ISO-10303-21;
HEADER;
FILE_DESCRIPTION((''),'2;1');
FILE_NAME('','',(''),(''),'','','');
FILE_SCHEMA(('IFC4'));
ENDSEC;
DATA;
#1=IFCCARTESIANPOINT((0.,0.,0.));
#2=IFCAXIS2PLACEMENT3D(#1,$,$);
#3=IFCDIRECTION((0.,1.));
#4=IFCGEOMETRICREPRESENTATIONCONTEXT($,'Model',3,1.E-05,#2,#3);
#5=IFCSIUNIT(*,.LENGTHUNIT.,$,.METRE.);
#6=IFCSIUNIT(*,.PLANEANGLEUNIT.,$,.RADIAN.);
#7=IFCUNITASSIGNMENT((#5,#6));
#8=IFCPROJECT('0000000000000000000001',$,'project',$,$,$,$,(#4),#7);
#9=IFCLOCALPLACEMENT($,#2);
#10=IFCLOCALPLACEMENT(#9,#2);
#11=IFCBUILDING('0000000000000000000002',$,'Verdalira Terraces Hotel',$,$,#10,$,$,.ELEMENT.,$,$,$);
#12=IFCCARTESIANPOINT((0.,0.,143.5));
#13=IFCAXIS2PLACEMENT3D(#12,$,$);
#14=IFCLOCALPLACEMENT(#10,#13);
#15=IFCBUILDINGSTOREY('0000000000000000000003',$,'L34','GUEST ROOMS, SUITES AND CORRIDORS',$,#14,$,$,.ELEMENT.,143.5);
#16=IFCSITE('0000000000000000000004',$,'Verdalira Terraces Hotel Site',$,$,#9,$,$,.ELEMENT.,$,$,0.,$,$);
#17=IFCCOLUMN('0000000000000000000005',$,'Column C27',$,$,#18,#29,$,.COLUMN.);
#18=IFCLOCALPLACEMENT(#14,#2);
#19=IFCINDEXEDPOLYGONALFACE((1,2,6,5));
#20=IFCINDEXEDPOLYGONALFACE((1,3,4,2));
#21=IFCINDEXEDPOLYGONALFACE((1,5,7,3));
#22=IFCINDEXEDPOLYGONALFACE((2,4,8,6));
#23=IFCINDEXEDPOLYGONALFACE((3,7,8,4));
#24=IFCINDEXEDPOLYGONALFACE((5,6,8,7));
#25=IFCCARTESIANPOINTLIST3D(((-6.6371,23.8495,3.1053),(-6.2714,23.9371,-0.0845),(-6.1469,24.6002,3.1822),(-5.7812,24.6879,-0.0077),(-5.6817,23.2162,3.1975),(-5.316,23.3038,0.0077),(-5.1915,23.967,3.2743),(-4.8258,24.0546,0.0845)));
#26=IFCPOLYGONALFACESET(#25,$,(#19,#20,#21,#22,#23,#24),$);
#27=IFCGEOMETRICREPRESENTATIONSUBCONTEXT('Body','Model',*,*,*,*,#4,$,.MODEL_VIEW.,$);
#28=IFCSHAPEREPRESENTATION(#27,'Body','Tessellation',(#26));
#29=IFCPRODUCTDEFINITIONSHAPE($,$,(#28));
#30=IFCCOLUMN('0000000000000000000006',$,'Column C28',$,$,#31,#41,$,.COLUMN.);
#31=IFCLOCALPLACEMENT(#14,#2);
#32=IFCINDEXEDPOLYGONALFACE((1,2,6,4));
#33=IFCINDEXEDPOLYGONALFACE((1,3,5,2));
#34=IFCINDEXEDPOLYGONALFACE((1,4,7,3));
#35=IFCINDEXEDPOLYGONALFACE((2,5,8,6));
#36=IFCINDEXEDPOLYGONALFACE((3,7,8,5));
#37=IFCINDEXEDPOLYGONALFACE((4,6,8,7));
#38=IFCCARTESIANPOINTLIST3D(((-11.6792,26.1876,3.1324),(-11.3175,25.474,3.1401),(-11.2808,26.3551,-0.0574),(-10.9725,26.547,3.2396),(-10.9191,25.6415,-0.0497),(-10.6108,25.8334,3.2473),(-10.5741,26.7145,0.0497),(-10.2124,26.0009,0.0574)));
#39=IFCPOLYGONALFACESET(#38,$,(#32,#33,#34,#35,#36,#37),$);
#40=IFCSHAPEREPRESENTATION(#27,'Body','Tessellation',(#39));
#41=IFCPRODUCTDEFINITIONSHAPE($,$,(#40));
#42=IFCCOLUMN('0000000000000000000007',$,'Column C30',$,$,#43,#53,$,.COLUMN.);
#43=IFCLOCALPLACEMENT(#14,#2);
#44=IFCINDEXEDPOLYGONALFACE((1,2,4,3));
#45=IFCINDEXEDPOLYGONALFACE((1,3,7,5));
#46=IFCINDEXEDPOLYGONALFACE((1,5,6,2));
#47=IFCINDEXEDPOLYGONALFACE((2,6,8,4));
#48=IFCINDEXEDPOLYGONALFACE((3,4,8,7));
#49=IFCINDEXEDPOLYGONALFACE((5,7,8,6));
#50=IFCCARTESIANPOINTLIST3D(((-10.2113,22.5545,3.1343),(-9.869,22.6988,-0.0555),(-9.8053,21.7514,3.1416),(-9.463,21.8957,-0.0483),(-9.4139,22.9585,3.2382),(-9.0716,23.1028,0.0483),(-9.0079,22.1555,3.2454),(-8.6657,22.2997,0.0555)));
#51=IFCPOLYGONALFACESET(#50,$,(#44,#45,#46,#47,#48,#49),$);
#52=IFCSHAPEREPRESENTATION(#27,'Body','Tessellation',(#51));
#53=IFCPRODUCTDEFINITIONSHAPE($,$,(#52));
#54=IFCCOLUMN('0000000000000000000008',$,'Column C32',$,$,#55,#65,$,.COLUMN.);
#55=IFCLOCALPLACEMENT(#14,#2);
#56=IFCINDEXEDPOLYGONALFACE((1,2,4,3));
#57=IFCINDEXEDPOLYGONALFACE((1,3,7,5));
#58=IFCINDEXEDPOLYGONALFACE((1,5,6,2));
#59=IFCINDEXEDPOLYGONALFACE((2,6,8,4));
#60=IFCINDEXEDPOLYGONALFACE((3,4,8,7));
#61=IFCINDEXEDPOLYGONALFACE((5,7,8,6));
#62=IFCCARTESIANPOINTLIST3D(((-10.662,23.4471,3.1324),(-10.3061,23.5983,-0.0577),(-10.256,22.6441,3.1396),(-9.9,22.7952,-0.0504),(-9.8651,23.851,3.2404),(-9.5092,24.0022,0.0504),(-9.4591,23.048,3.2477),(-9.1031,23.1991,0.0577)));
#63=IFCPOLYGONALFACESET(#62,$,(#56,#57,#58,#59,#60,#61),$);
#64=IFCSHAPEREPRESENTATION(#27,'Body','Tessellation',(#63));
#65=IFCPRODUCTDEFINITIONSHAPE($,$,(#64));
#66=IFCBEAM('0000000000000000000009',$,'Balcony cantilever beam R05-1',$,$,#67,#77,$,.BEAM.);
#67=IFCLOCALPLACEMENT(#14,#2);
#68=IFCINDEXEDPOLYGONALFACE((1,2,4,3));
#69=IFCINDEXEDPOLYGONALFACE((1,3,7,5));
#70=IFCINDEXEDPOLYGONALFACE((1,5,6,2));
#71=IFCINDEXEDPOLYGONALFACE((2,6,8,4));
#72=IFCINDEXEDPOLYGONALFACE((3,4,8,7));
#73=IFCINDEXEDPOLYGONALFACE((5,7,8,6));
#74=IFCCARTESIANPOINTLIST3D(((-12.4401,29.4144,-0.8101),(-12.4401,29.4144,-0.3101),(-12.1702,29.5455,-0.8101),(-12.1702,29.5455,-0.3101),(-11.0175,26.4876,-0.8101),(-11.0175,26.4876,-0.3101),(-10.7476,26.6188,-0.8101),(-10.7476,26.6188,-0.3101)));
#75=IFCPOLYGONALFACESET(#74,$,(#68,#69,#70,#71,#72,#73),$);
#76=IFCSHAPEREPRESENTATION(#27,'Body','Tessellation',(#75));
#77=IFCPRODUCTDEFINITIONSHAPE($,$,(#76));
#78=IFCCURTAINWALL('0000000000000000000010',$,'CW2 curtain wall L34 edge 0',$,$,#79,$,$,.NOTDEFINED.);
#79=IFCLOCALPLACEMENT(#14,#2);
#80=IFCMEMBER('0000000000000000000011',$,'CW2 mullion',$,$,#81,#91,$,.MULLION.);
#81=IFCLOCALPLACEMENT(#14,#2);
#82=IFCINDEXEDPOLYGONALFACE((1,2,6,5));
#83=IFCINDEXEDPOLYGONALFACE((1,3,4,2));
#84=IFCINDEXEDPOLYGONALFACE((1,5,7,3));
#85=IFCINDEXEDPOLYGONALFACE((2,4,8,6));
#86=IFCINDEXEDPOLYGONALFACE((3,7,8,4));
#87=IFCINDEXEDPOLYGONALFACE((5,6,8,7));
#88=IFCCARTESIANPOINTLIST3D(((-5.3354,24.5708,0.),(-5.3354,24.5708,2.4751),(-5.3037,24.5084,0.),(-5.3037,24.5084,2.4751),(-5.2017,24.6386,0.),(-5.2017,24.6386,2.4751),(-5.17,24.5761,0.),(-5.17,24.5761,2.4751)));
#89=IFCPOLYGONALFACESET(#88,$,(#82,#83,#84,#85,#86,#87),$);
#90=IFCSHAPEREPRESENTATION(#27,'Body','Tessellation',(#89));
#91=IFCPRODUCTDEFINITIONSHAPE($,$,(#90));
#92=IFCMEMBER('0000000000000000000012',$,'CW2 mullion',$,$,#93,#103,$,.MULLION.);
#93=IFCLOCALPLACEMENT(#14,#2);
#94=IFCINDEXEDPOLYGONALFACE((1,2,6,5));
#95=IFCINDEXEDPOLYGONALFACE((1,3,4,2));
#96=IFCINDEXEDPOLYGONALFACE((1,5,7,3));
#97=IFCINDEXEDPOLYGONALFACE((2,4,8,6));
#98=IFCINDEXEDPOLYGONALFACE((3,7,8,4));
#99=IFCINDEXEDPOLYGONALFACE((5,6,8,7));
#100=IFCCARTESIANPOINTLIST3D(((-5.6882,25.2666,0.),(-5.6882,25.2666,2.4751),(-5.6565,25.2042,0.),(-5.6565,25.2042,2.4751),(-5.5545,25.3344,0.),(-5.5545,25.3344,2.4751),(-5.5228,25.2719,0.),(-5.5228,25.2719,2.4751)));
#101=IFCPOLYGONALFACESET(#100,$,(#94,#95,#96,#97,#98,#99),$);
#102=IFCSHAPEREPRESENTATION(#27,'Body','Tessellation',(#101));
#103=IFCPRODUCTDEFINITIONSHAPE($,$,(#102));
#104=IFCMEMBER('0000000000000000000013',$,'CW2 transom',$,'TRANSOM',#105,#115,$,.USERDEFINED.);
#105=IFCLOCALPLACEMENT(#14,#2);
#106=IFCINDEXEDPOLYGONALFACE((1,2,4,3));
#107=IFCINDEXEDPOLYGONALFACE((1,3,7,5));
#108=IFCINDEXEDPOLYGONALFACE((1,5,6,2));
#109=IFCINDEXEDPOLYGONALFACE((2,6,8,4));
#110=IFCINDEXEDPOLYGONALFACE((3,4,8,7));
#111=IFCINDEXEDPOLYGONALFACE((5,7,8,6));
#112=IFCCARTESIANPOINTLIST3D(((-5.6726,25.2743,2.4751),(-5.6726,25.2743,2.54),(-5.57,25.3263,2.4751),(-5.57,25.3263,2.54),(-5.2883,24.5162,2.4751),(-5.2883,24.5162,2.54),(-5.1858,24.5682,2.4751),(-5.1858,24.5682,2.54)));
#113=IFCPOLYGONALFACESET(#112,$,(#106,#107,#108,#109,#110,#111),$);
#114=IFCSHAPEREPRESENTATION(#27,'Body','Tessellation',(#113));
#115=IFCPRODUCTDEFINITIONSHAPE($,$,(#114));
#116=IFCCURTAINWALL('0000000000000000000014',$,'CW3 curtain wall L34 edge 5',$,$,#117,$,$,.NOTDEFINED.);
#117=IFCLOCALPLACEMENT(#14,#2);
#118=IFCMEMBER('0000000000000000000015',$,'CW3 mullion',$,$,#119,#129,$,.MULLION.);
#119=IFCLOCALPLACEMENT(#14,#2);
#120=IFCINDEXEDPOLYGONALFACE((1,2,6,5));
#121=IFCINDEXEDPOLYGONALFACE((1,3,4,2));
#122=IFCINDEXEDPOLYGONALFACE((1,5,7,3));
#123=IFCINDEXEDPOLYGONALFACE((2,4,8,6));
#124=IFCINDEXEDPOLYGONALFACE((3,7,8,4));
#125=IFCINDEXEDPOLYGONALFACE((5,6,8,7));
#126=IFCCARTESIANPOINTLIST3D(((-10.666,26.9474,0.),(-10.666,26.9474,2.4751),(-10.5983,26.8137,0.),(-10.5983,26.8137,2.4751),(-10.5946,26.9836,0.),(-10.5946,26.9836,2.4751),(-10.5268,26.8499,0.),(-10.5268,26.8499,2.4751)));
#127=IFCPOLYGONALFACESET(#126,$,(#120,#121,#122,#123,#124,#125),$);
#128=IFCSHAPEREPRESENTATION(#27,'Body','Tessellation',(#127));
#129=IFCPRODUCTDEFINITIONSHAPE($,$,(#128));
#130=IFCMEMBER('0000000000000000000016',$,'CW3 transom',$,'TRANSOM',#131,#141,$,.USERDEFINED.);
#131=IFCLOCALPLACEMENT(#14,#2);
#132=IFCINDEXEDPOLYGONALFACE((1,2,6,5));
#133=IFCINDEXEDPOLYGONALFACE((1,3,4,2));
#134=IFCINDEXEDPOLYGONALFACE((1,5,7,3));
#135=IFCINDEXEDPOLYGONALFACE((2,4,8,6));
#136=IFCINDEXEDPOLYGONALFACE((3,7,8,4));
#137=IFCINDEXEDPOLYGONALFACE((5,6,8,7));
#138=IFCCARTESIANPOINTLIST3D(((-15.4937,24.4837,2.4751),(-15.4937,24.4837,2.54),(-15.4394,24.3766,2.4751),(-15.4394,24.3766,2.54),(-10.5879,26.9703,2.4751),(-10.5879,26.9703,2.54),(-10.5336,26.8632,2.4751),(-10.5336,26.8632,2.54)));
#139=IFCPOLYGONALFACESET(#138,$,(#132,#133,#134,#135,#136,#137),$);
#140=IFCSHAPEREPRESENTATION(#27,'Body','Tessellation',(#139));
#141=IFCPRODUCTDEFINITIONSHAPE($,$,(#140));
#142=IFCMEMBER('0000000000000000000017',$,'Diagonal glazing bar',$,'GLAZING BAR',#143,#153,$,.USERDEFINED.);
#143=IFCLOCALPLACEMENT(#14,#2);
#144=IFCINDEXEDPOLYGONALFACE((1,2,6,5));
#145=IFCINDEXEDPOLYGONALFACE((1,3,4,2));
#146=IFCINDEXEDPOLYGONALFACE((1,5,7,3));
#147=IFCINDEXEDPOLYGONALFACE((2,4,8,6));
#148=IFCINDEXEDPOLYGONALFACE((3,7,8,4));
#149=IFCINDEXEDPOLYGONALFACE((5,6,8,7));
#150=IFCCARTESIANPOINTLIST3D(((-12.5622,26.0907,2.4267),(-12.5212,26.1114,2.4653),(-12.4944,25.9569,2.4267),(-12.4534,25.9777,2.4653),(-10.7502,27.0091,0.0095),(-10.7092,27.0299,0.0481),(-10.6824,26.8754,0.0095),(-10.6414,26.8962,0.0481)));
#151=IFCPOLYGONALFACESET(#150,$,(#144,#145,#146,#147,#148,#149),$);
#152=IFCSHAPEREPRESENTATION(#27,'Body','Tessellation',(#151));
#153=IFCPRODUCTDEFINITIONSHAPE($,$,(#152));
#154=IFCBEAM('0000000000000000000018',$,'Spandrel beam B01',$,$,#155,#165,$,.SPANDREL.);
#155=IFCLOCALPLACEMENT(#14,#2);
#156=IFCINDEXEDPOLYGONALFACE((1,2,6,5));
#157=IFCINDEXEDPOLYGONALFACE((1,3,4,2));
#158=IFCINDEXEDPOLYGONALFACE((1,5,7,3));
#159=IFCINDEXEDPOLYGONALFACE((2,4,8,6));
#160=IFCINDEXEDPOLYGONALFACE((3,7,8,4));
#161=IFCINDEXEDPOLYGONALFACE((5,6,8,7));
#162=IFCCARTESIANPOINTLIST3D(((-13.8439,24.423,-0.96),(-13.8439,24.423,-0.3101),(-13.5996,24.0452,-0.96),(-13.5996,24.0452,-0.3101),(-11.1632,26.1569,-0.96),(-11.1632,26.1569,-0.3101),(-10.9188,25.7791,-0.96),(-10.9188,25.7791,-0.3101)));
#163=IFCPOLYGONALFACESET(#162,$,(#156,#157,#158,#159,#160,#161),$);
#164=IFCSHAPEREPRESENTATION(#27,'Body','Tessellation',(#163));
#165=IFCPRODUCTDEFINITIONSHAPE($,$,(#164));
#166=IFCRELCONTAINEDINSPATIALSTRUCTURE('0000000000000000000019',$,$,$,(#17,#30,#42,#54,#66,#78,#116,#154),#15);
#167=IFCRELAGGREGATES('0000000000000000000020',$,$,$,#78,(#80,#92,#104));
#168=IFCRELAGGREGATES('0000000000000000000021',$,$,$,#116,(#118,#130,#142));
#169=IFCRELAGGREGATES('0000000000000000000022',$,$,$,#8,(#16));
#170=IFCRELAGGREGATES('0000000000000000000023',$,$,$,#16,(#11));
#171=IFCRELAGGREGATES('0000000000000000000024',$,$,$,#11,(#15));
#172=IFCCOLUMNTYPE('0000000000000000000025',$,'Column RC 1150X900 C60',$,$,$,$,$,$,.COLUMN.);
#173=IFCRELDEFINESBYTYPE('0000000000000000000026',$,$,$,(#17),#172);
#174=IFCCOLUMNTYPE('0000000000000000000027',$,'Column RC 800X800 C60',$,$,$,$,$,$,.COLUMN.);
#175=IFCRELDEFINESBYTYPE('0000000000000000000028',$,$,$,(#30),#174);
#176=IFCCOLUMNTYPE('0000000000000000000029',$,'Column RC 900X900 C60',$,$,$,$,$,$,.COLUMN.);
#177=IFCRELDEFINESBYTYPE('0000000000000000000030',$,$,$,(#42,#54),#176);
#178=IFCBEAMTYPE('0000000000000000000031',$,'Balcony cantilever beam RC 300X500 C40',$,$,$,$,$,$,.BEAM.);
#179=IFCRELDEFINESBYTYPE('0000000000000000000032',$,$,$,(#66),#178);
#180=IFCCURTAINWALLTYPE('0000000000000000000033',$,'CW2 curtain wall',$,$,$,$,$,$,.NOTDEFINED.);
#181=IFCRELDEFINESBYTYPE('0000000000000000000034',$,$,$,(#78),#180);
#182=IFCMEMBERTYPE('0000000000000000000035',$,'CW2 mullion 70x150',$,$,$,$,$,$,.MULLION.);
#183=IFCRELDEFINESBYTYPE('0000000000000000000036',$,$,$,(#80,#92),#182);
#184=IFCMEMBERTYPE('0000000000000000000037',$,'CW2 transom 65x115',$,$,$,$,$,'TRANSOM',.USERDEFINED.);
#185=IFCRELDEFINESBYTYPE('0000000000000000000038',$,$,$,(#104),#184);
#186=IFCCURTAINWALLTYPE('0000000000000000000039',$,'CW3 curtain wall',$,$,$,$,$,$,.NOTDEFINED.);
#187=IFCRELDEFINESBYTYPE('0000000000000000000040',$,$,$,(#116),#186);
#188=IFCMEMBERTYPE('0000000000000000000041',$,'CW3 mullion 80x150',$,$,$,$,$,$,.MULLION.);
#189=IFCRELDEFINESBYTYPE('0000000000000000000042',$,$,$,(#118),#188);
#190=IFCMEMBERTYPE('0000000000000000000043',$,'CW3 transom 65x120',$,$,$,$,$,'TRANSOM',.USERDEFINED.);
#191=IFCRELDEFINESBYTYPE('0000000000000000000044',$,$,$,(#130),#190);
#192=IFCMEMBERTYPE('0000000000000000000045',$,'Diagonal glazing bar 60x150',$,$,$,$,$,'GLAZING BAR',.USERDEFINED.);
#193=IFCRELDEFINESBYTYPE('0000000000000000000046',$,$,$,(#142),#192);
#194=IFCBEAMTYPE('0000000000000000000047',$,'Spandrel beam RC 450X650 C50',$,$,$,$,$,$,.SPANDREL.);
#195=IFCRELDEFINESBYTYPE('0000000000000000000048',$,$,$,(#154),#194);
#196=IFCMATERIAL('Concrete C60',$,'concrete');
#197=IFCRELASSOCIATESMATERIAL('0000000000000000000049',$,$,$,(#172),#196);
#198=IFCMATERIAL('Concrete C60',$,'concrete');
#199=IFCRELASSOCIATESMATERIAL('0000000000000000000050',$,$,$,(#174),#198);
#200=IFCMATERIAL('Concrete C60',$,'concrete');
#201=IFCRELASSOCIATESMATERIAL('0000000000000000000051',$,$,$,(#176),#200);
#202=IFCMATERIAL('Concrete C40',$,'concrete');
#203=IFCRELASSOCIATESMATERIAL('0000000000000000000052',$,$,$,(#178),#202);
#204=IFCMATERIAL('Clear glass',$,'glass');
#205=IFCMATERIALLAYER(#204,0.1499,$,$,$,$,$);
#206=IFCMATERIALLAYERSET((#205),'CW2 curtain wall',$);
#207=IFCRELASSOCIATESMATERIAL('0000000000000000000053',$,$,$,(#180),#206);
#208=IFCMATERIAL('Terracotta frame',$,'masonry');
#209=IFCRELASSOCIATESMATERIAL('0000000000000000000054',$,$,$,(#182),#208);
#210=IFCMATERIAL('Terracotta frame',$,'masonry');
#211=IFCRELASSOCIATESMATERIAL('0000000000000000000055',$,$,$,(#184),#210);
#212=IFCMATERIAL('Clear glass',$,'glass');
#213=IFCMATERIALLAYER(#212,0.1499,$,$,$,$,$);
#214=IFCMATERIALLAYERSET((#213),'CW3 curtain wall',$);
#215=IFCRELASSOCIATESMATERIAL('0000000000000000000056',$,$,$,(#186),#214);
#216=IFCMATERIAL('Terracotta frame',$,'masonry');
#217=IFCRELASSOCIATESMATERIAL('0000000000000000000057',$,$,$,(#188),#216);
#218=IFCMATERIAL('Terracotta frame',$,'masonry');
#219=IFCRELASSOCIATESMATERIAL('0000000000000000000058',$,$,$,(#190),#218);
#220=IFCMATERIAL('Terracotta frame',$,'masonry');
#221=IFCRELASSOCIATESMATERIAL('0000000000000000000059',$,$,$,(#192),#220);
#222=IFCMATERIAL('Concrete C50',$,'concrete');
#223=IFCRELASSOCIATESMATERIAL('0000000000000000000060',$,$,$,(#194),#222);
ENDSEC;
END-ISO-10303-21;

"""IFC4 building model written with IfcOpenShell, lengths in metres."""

from ifc_helpers import new_model, si_unit, direction, frame, origin, origin_2d, place, context, subcontext, project, spatial, rectangle, extrude, material, layer, layer_set, material_profile, profile_set, type_object, element, aggregate, save


model = new_model("IFC4")

# Units and contexts
model_context = context("Model", 3, precision=1e-05, world=origin(), true_north=direction((0.0, 1.0)))
body_context = subcontext(model_context, "Body", "Model", "MODEL_VIEW")
ifc_project = project(units=[si_unit("LENGTHUNIT", "METRE"), si_unit("PLANEANGLEUNIT", "RADIAN")], contexts=[model_context])

# Site, building, storey
site_placement = place(None, origin())
site = spatial("IfcSite", under=ifc_project, at=site_placement, Name="Verdalira Terraces Hotel Site", CompositionType="ELEMENT", RefElevation=0.0)
building_placement = place(site_placement, origin())
building = spatial("IfcBuilding", under=site, at=building_placement, Name="Verdalira Terraces Hotel", CompositionType="ELEMENT")
storey_placement = place(building_placement, frame((0.0, 0.0, 143.5)))
storey = spatial("IfcBuildingStorey", under=building, at=storey_placement, Name="L34", Description="GUEST ROOMS, SUITES AND CORRIDORS", CompositionType="ELEMENT", Elevation=143.5)

# Columns
ifc_material_1 = material(Name="Concrete C60", Category="concrete")
ifc_material_profile_1 = material_profile(ifc_material_1, rectangle(XDim=1.1499, YDim=0.8999, at=origin_2d()), Name="RC 1150X900")
ifc_profile_set_1 = profile_set([ifc_material_profile_1], Name="Concrete C60")
column_type_1 = type_object("IfcColumnType", Name="Column RC 1150X900 C60", PredefinedType="COLUMN", material=ifc_profile_set_1)
column_1_placement = place(storey_placement, frame((-5.5486, 23.9959, 0.0), z_axis=(-0.11386, -0.027287, 0.993122), x_axis=(0.830845, -0.550706, 0.080124)))
element("IfcColumn", 1, at=column_1_placement, inside=storey, type_object=column_type_1, Name="Column C27", PredefinedType="COLUMN", context=body_context, shape_type="SweptSolid", body=[
    extrude(rectangle(XDim=1.1499, YDim=0.8999, at=origin_2d()), origin(), (0.0, 0.0, 1.0), 3.2119),
])
ifc_material_2 = material(Name="Concrete C60", Category="concrete")
ifc_material_profile_2 = material_profile(ifc_material_2, rectangle(XDim=0.8, YDim=0.8, at=origin_2d()), Name="RC 800X800")
ifc_profile_set_2 = profile_set([ifc_material_profile_2], Name="Concrete C60")
column_type_2 = type_object("IfcColumnType", Name="Column RC 800X800 C60", PredefinedType="COLUMN", material=ifc_profile_set_2)
column_2_placement = place(storey_placement, frame((-10.7466, 26.178, 0.0), z_axis=(-0.123773, -0.052027, 0.990946), x_axis=(-0.88334, -0.449195, -0.133917)))
element("IfcColumn", 2, at=column_2_placement, inside=storey, type_object=column_type_2, Name="Column C28", PredefinedType="COLUMN", context=body_context, shape_type="SweptSolid", body=[
    extrude(rectangle(XDim=0.8, YDim=0.8, at=origin_2d()), origin(), (0.0, 0.0, 1.0), 3.219),
])
ifc_material_3 = material(Name="Concrete C60", Category="concrete")
ifc_material_profile_3 = material_profile(ifc_material_3, rectangle(XDim=0.8999, YDim=0.8999, at=origin_2d()), Name="RC 900X900")
ifc_profile_set_3 = profile_set([ifc_material_profile_3], Name="Concrete C60")
column_type_3 = type_object("IfcColumnType", Name="Column RC 900X900 C60", PredefinedType="COLUMN", material=ifc_profile_set_3)
column_3_placement = place(storey_placement, frame((-9.2673, 22.4993, 0.0), z_axis=(-0.106581, -0.044928, 0.993288), x_axis=(-0.451134, 0.89242, -0.008042)))
element("IfcColumn", 3, at=column_3_placement, inside=storey, type_object=column_type_3, Name="Column C30", PredefinedType="COLUMN", context=body_context, shape_type="SweptSolid", body=[
    extrude(rectangle(XDim=0.8999, YDim=0.8999, at=origin_2d()), origin(), (0.0, 0.0, 1.0), 3.2114),
])
column_4_placement = place(storey_placement, frame((-9.7046, 23.3987, 0.0), z_axis=(-0.110776, -0.047031, 0.992732), x_axis=(-0.451207, 0.892383, -0.008072)))
element("IfcColumn", 4, at=column_4_placement, inside=storey, type_object=column_type_3, Name="Column C32", PredefinedType="COLUMN", context=body_context, shape_type="SweptSolid", body=[
    extrude(rectangle(XDim=0.8999, YDim=0.8999, at=origin_2d()), origin(), (0.0, 0.0, 1.0), 3.2134),
])

# Beam
ifc_material_4 = material(Name="Concrete C40", Category="concrete")
ifc_material_profile_4 = material_profile(ifc_material_4, rectangle(XDim=0.3, YDim=0.5, at=origin_2d()), Name="RC 300X500")
ifc_profile_set_4 = profile_set([ifc_material_profile_4], Name="Concrete C40")
beam_type_1 = type_object("IfcBeamType", Name="Balcony cantilever beam RC 300X500 C40", PredefinedType="BEAM", material=ifc_profile_set_4)
beam_1_placement = place(storey_placement, frame((-10.8826, 26.5532, -0.5601), z_axis=(-0.437162, 0.899383, 0.0), x_axis=(-0.899383, -0.437162, 0.0)))
element("IfcBeam", 5, at=beam_1_placement, inside=storey, type_object=beam_type_1, Name="Balcony cantilever beam R05-1", PredefinedType="BEAM", context=body_context, shape_type="SweptSolid", body=[
    extrude(rectangle(XDim=0.3, YDim=0.5, at=origin_2d()), origin(), (0.0, 0.0, 1.0), 3.2542),
])

# Curtain walls, members
ifc_material_5 = material(Name="Clear glass", Category="glass")
ifc_layer_1 = layer(ifc_material_5, 0.1499)
ifc_layer_set_1 = layer_set([ifc_layer_1], Name="CW2 curtain wall")
curtain_wall_type_1 = type_object("IfcCurtainWallType", Name="CW2 curtain wall", PredefinedType="NOTDEFINED", material=ifc_layer_set_1)
curtain_wall_1_placement = place(storey_placement, origin())
curtain_wall_1 = element("IfcCurtainWall", 6, at=curtain_wall_1_placement, inside=storey, type_object=curtain_wall_type_1, Name="CW2 curtain wall L34 edge 0", PredefinedType="NOTDEFINED")
ifc_material_6 = material(Name="Terracotta frame", Category="masonry")
ifc_material_profile_5 = material_profile(ifc_material_6, rectangle(XDim=0.0701, YDim=0.1499, at=origin_2d()), Name="MU 70x150")
ifc_profile_set_5 = profile_set([ifc_material_profile_5], Name="Terracotta frame")
member_type_1 = type_object("IfcMemberType", Name="CW2 mullion 70x150", PredefinedType="MULLION", material=ifc_profile_set_5)
member_1_placement = place(storey_placement, frame((-5.2527, 24.5735, 0.0), z_axis=(0.0, 0.0, 1.0), x_axis=(-0.452123, 0.891955, 0.0)))
member_1 = element("IfcMember", 7, at=member_1_placement, type_object=member_type_1, Name="CW2 mullion", PredefinedType="MULLION", context=body_context, shape_type="SweptSolid", body=[
    extrude(rectangle(XDim=0.0701, YDim=0.1499, at=origin_2d()), origin(), (0.0, 0.0, 1.0), 2.4751),
])
member_2_placement = place(storey_placement, frame((-5.6055, 25.2693, 0.0), z_axis=(0.0, 0.0, 1.0), x_axis=(-0.452123, 0.891955, 0.0)))
member_2 = element("IfcMember", 8, at=member_2_placement, type_object=member_type_1, Name="CW2 mullion", PredefinedType="MULLION", context=body_context, shape_type="SweptSolid", body=[
    extrude(rectangle(XDim=0.0701, YDim=0.1499, at=origin_2d()), origin(), (0.0, 0.0, 1.0), 2.4751),
])
ifc_material_7 = material(Name="Terracotta frame", Category="masonry")
ifc_material_profile_6 = material_profile(ifc_material_7, rectangle(XDim=0.115, YDim=0.0649, at=origin_2d()), Name="TR 65x115")
ifc_profile_set_6 = profile_set([ifc_material_profile_6], Name="Terracotta frame")
member_type_2 = type_object("IfcMemberType", Name="CW2 transom 65x115", ElementType="TRANSOM", PredefinedType="USERDEFINED", material=ifc_profile_set_6)
member_3_placement = place(storey_placement, frame((-5.2371, 24.5422, 2.5076), z_axis=(-0.452148, 0.891943, 0.0), x_axis=(-0.891943, -0.452148, 0.0)))
member_3 = element("IfcMember", 9, at=member_3_placement, type_object=member_type_2, Name="CW2 transom", ObjectType="TRANSOM", PredefinedType="USERDEFINED", context=body_context, shape_type="SweptSolid", body=[
    extrude(rectangle(XDim=0.115, YDim=0.0649, at=origin_2d()), origin(), (0.0, 0.0, 1.0), 0.8499),
])
ifc_material_8 = material(Name="Clear glass", Category="glass")
ifc_layer_2 = layer(ifc_material_8, 0.1499)
ifc_layer_set_2 = layer_set([ifc_layer_2], Name="CW3 curtain wall")
curtain_wall_type_2 = type_object("IfcCurtainWallType", Name="CW3 curtain wall", PredefinedType="NOTDEFINED", material=ifc_layer_set_2)
curtain_wall_2_placement = place(storey_placement, origin())
curtain_wall_2 = element("IfcCurtainWall", 10, at=curtain_wall_2_placement, inside=storey, type_object=curtain_wall_type_2, Name="CW3 curtain wall L34 edge 5", PredefinedType="NOTDEFINED")
ifc_material_9 = material(Name="Terracotta frame", Category="masonry")
ifc_material_profile_7 = material_profile(ifc_material_9, rectangle(XDim=0.0801, YDim=0.1499, at=origin_2d()), Name="MU 80x150")
ifc_profile_set_7 = profile_set([ifc_material_profile_7], Name="Terracotta frame")
member_type_3 = type_object("IfcMemberType", Name="CW3 mullion 80x150", PredefinedType="MULLION", material=ifc_profile_set_7)
member_4_placement = place(storey_placement, frame((-10.5964, 26.8987, 0.0), z_axis=(0.0, 0.0, 1.0), x_axis=(-0.891955, -0.452123, 0.0)))
member_4 = element("IfcMember", 11, at=member_4_placement, type_object=member_type_3, Name="CW3 mullion", PredefinedType="MULLION", context=body_context, shape_type="SweptSolid", body=[
    extrude(rectangle(XDim=0.0801, YDim=0.1499, at=origin_2d()), origin(), (0.0, 0.0, 1.0), 2.4751),
])
ifc_material_10 = material(Name="Terracotta frame", Category="masonry")
ifc_material_profile_8 = material_profile(ifc_material_10, rectangle(XDim=0.1201, YDim=0.0649, at=origin_2d()), Name="TR 65x120")
ifc_profile_set_8 = profile_set([ifc_material_profile_8], Name="Terracotta frame")
member_type_4 = type_object("IfcMemberType", Name="CW3 transom 65x120", ElementType="TRANSOM", PredefinedType="USERDEFINED", material=ifc_profile_set_8)
member_5_placement = place(storey_placement, frame((-10.5608, 26.9167, 2.5076), z_axis=(-0.891963, -0.452107, 0.0), x_axis=(0.452107, -0.891963, 0.0)))
member_5 = element("IfcMember", 12, at=member_5_placement, type_object=member_type_4, Name="CW3 transom", ObjectType="TRANSOM", PredefinedType="USERDEFINED", context=body_context, shape_type="SweptSolid", body=[
    extrude(rectangle(XDim=0.1201, YDim=0.0649, at=origin_2d()), origin(), (0.0, 0.0, 1.0), 5.5),
])
ifc_material_11 = material(Name="Terracotta frame", Category="masonry")
ifc_material_profile_9 = material_profile(ifc_material_11, rectangle(XDim=0.1499, YDim=0.0601, at=origin_2d()), Name="GB 60x150")
ifc_profile_set_9 = profile_set([ifc_material_profile_9], Name="Terracotta frame")
member_type_5 = type_object("IfcMemberType", Name="Diagonal glazing bar 60x150", ElementType="GLAZING BAR", PredefinedType="USERDEFINED", material=ifc_profile_set_9)
member_6_placement = place(storey_placement, frame((-10.6958, 26.9526, 0.0288), z_axis=(-0.57387, -0.290879, 0.765547), x_axis=(0.45211, -0.891962, 0.0)))
member_6 = element("IfcMember", 13, at=member_6_placement, type_object=member_type_5, Name="Diagonal glazing bar", ObjectType="GLAZING BAR", PredefinedType="USERDEFINED", context=body_context, shape_type="SweptSolid", body=[
    extrude(rectangle(XDim=0.1499, YDim=0.0601, at=origin_2d()), origin(), (0.0, 0.0, 1.0), 3.1575),
])

# Beam
ifc_material_12 = material(Name="Concrete C50", Category="concrete")
ifc_material_profile_10 = material_profile(ifc_material_12, rectangle(XDim=0.45, YDim=0.6499, at=origin_2d()), Name="RC 450X650")
ifc_profile_set_10 = profile_set([ifc_material_profile_10], Name="Concrete C50")
beam_type_2 = type_object("IfcBeamType", Name="Spandrel beam RC 450X650 C50", PredefinedType="SPANDREL", material=ifc_profile_set_10)
beam_2_placement = place(storey_placement, frame((-11.041, 25.968, -0.635), z_axis=(-0.839665, -0.543105, 0.0), x_axis=(0.543105, -0.839665, 0.0)))
element("IfcBeam", 14, at=beam_2_placement, inside=storey, type_object=beam_type_2, Name="Spandrel beam B01", PredefinedType="SPANDREL", context=body_context, shape_type="SweptSolid", body=[
    extrude(rectangle(XDim=0.45, YDim=0.6499, at=origin_2d()), origin(), (0.0, 0.0, 1.0), 3.1926),
])

aggregate(curtain_wall_1, [member_1, member_2, member_3])
aggregate(curtain_wall_2, [member_4, member_5, member_6])

save(model, "model.ifc")
